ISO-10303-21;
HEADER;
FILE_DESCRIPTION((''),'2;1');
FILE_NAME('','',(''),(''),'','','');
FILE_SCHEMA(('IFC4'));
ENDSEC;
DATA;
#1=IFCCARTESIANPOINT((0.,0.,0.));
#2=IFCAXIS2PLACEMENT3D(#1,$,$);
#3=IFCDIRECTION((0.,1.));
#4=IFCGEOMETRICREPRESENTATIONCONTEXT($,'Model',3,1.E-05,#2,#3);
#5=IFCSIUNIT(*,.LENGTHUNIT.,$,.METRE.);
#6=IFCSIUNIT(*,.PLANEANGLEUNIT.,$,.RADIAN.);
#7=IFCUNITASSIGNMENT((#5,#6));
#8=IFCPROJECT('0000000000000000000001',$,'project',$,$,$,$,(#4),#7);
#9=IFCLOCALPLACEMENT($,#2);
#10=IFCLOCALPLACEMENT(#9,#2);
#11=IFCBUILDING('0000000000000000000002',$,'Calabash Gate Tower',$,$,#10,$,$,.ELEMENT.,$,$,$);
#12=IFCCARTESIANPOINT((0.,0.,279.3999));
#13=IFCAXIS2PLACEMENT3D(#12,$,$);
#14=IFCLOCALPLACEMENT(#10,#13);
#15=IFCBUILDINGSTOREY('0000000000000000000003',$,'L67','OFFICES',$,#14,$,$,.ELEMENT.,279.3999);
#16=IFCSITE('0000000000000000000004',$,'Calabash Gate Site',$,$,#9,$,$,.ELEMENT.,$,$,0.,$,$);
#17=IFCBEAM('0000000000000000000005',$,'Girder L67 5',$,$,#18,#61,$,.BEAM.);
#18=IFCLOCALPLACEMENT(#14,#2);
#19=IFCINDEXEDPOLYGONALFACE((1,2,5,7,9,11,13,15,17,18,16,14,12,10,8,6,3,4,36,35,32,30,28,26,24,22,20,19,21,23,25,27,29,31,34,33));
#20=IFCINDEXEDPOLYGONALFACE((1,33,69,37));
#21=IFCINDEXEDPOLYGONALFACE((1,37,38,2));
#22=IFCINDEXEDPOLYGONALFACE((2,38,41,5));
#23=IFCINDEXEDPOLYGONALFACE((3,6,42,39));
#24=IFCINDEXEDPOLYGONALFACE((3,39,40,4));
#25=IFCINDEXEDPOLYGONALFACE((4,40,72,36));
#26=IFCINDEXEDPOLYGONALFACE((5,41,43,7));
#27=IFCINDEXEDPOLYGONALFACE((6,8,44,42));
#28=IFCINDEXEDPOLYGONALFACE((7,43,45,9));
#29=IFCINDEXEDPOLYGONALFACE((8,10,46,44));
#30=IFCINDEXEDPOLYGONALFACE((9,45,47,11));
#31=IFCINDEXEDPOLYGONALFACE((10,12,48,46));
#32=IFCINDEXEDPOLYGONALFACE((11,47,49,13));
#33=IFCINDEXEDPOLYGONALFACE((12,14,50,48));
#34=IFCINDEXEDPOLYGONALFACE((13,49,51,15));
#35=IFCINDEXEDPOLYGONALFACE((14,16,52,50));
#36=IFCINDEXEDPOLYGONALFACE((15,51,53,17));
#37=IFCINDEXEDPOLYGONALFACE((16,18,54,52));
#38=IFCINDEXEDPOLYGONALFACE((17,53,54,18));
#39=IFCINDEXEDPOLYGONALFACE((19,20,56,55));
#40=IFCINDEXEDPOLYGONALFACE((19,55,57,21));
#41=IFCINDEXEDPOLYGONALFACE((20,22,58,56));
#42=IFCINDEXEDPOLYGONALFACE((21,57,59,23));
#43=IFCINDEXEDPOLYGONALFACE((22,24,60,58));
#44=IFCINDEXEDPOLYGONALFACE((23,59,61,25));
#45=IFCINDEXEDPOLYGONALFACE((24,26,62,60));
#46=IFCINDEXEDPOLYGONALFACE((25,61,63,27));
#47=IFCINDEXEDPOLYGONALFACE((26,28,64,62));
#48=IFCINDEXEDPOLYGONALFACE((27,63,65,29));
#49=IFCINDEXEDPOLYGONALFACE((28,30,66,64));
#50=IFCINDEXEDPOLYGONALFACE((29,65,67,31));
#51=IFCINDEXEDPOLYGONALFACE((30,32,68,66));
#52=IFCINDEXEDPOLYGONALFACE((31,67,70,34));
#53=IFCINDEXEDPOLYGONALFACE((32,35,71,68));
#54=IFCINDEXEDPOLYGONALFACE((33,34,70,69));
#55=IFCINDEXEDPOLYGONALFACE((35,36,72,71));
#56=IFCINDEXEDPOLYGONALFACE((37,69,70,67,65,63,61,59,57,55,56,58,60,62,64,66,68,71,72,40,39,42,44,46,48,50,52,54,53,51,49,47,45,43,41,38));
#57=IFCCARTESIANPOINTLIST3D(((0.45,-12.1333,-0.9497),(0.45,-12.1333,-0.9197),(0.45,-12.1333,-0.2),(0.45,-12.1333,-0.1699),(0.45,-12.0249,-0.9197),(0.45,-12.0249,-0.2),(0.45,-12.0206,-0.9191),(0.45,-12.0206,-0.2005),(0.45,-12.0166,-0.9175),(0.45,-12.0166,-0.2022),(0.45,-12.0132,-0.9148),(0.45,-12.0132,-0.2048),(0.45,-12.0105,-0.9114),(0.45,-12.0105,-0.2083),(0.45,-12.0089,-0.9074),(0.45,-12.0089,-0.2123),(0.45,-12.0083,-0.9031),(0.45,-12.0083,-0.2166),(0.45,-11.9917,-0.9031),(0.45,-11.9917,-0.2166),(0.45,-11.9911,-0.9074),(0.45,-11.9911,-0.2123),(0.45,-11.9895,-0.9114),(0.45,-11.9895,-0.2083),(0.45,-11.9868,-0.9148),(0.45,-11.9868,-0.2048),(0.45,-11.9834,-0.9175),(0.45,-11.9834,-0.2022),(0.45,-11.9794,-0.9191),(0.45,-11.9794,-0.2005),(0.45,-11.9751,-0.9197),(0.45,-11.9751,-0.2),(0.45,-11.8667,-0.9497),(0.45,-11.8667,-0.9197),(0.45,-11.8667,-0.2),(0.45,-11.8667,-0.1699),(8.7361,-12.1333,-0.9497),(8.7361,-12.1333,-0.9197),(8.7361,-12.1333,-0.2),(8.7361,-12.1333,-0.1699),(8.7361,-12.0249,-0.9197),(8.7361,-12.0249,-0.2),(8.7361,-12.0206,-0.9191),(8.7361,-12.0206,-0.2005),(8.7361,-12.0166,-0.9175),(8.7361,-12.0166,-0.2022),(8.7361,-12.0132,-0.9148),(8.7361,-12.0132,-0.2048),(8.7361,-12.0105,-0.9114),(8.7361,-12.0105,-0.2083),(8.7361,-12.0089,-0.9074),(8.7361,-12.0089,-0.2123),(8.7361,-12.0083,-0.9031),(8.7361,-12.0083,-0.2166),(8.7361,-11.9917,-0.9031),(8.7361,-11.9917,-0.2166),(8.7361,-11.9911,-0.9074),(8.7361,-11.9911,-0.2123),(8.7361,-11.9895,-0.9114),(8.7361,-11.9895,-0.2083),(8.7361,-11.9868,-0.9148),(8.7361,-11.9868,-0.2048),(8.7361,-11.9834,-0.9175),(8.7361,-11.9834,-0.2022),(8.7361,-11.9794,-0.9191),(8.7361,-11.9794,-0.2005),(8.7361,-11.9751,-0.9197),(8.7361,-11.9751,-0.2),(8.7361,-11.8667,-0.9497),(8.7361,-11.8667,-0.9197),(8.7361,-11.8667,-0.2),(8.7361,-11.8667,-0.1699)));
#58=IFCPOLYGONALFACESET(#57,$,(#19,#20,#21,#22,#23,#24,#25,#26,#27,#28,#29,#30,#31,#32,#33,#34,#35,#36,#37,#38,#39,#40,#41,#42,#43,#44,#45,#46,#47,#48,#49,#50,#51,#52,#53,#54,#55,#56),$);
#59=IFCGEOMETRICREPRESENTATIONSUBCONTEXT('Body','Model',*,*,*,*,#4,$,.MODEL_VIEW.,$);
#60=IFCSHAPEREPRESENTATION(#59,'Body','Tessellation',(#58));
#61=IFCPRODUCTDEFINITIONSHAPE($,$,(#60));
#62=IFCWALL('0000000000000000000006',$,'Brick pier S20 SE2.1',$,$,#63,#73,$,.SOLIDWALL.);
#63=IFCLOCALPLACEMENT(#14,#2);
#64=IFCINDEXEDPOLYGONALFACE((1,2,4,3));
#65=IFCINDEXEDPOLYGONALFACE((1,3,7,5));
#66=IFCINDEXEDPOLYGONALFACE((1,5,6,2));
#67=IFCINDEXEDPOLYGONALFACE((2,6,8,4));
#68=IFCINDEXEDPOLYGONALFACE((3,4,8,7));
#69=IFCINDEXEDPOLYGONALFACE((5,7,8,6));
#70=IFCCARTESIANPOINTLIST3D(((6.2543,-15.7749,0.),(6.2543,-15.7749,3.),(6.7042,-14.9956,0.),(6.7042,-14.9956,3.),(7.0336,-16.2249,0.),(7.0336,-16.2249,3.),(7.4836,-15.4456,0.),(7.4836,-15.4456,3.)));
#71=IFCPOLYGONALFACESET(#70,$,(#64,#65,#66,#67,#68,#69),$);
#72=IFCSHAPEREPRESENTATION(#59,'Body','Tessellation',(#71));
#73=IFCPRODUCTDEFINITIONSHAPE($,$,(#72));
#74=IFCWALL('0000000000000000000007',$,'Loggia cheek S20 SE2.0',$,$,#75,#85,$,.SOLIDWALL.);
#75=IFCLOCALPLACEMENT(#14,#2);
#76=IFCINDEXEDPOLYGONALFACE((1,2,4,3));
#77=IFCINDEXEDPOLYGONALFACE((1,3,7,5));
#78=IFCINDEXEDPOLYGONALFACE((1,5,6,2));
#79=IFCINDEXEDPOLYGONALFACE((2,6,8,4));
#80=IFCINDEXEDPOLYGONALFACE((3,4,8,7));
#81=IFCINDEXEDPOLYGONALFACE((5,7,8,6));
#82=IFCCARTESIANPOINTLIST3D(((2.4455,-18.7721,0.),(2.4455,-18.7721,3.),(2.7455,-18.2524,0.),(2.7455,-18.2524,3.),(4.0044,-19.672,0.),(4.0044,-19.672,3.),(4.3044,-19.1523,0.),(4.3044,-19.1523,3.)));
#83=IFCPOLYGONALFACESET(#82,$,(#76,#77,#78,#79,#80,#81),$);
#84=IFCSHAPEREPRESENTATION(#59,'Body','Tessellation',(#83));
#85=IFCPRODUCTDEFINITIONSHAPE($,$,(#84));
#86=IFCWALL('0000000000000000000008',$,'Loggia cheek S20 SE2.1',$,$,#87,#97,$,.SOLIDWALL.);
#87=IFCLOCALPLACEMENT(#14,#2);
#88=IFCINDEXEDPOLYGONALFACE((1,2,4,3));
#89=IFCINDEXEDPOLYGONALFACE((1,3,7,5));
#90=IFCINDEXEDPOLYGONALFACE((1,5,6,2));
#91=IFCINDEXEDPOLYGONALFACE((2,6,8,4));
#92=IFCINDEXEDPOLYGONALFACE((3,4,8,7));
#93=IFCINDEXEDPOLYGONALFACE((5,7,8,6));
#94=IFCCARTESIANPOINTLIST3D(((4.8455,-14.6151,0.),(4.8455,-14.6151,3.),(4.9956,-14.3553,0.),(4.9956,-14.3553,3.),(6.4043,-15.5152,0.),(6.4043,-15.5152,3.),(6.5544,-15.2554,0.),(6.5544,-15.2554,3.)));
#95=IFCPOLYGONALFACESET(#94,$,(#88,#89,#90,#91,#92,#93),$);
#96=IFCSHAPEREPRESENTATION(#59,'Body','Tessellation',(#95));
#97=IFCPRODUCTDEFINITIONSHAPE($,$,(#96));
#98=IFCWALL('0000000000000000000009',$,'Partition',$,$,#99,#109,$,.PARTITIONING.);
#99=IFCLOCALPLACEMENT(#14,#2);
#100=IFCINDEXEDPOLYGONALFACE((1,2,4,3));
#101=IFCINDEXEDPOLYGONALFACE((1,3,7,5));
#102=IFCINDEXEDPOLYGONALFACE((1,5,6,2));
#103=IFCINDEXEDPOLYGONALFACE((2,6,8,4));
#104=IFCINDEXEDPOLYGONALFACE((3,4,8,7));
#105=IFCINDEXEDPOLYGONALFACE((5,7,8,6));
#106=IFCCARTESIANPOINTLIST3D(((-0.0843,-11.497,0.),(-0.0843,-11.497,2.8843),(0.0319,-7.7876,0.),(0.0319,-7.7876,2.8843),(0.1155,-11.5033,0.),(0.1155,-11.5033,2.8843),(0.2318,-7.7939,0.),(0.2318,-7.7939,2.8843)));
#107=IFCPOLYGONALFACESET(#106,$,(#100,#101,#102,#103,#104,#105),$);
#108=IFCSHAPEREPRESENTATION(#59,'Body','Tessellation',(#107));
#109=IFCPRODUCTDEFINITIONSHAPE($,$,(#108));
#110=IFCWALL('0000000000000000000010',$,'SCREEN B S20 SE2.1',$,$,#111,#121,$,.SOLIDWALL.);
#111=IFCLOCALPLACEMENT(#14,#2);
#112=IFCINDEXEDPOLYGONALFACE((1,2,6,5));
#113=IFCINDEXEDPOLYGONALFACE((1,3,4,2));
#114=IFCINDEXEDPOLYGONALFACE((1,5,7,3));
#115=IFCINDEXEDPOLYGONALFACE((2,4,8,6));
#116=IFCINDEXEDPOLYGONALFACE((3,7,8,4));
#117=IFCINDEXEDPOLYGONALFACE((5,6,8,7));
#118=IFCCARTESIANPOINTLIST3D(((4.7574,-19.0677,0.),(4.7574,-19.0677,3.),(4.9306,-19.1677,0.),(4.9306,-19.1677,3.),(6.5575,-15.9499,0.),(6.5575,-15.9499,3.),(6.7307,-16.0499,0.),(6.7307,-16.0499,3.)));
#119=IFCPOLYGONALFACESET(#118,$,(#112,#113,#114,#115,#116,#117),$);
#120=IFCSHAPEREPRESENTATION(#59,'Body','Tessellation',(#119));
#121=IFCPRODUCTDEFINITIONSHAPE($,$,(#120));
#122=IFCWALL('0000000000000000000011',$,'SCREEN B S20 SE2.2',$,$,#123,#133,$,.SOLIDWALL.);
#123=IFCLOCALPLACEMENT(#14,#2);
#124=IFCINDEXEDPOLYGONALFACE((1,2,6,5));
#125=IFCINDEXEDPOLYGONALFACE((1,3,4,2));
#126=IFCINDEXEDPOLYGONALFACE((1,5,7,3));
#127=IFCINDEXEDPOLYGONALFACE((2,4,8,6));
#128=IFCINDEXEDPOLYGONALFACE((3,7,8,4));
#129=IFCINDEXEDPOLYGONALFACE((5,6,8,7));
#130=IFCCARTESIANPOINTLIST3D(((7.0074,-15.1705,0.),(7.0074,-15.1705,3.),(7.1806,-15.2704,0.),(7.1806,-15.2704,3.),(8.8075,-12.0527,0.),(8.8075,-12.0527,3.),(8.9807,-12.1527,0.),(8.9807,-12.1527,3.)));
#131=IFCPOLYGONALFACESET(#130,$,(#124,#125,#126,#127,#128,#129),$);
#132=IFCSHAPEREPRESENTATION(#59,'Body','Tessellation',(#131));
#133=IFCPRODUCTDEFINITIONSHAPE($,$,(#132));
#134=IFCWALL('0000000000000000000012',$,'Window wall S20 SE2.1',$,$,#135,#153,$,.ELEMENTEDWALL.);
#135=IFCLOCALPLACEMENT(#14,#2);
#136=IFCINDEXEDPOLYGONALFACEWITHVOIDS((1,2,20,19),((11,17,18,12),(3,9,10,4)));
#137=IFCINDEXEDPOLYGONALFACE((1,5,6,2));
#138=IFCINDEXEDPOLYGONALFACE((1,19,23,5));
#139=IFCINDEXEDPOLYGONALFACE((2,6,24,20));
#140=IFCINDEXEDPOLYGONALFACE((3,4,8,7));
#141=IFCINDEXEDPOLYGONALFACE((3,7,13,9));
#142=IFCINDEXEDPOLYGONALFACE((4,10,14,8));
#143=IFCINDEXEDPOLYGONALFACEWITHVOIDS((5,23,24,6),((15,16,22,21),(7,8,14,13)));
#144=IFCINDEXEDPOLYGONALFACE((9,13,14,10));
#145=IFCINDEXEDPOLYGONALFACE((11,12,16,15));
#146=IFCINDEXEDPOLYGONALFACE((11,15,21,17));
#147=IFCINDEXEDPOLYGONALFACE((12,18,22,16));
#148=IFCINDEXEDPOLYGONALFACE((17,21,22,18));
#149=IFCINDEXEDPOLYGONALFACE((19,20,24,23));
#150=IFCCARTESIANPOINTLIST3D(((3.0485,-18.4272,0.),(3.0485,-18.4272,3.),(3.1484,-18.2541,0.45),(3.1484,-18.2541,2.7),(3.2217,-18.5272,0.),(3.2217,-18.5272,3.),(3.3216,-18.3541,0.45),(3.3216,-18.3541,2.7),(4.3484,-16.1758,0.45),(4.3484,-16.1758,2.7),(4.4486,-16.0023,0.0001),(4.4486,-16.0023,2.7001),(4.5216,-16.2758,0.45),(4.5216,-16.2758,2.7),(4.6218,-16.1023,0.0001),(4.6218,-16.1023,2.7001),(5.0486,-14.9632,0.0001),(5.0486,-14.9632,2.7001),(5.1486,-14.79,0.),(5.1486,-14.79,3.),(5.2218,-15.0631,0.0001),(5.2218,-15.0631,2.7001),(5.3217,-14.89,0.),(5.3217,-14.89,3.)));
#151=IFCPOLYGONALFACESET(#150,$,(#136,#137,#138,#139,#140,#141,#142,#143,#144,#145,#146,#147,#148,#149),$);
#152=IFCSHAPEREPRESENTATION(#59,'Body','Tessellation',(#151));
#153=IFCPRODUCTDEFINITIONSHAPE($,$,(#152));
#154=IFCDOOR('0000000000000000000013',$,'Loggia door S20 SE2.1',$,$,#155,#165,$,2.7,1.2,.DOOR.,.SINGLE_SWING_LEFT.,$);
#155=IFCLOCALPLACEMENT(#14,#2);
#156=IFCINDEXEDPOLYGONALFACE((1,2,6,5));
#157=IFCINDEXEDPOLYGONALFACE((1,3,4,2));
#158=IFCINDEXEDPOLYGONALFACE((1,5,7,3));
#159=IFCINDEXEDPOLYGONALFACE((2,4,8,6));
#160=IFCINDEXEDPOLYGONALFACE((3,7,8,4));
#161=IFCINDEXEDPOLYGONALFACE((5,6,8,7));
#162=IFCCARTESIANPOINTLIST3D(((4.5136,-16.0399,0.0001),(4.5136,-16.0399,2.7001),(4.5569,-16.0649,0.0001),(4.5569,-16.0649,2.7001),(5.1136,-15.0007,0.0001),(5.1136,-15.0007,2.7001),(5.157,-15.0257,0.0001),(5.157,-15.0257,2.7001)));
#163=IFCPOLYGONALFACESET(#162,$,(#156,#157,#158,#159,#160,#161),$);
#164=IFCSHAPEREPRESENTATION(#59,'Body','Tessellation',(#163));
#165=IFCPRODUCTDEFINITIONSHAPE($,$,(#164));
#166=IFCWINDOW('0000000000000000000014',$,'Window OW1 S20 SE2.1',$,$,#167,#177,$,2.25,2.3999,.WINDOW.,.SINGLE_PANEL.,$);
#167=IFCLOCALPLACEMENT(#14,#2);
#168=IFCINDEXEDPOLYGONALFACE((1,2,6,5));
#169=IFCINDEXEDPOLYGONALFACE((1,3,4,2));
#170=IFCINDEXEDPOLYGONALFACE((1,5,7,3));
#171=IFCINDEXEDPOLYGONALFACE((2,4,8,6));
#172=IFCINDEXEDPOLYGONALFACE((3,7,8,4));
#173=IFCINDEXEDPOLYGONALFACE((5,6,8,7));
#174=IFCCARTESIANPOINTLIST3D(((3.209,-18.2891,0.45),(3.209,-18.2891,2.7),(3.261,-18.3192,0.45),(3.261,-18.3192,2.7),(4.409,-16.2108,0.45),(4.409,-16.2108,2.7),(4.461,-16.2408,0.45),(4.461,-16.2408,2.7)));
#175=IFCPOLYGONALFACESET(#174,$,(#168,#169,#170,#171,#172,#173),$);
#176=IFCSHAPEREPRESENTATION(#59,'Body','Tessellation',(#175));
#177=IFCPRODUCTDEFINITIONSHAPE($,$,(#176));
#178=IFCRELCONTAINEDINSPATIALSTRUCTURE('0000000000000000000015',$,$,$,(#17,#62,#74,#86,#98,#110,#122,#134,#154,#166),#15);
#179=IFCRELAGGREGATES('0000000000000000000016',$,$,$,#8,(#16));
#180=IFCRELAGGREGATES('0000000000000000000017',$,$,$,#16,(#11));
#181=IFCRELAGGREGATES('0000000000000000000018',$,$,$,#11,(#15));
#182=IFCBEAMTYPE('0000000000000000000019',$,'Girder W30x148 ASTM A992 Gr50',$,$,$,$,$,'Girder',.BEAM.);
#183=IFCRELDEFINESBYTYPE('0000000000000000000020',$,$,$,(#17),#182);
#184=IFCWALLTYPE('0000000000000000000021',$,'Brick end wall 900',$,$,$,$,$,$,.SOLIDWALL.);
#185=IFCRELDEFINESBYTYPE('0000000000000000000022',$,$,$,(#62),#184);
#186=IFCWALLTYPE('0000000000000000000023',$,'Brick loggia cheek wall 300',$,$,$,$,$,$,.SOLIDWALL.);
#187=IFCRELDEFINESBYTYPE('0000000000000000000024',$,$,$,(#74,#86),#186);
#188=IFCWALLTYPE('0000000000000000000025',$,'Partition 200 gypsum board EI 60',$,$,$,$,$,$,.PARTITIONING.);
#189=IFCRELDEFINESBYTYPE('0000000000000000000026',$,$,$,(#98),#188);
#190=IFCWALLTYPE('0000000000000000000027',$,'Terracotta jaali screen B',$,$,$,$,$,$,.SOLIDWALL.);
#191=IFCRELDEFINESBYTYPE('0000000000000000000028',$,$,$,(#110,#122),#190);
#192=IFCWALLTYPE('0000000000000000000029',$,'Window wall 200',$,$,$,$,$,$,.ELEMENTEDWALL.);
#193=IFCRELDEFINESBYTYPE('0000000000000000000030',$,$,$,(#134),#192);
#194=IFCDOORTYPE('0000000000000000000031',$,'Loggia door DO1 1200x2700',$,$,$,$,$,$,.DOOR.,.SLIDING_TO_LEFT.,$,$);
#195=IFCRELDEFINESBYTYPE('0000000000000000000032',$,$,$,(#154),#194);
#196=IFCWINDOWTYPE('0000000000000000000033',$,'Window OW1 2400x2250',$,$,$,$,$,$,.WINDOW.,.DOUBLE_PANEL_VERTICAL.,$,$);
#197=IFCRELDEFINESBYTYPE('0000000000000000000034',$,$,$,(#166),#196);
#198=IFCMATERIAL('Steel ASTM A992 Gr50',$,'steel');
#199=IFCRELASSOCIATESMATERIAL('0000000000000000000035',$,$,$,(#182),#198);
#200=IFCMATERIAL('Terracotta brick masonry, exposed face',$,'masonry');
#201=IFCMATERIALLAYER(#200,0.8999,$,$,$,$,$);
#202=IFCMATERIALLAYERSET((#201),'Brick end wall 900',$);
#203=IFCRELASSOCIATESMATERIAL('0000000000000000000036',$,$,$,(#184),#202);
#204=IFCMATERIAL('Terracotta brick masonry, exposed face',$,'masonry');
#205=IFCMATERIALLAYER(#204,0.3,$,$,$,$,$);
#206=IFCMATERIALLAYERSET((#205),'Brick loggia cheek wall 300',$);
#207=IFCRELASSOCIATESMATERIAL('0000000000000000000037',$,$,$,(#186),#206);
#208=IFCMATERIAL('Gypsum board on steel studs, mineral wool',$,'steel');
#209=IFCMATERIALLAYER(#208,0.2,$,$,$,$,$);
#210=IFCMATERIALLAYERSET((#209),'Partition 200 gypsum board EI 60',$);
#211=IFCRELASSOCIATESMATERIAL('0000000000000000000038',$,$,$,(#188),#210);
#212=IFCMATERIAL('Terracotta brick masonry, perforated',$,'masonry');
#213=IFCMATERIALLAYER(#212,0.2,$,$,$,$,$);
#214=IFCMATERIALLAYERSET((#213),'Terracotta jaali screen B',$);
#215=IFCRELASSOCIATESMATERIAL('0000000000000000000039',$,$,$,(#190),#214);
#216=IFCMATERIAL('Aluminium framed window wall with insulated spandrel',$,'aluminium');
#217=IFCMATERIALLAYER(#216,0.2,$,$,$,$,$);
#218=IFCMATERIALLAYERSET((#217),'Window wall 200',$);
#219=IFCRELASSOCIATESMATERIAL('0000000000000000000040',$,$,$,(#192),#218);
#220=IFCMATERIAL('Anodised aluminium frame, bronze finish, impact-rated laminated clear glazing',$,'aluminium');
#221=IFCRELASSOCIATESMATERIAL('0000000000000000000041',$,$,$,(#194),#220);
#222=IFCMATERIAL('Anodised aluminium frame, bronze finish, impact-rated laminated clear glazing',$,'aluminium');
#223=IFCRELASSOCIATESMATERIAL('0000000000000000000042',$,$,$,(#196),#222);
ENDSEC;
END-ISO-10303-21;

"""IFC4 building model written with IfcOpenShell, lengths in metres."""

from ifc_helpers import new_model, si_unit, direction, frame, frame_2d, origin, origin_2d, place, context, subcontext, project, spatial, rectangle, i_section, extrude, material, layer, layer_set, material_profile, profile_set, type_object, element, fill, save


model = new_model("IFC4")

# Units and contexts
model_context = context("Model", 3, precision=1e-05, world=origin(), true_north=direction((0.0, 1.0)))
body_context = subcontext(model_context, "Body", "Model", "MODEL_VIEW")
ifc_project = project(units=[si_unit("LENGTHUNIT", "METRE"), si_unit("PLANEANGLEUNIT", "RADIAN")], contexts=[model_context])

# Site, building, storey
site_placement = place(None, origin())
site = spatial("IfcSite", under=ifc_project, at=site_placement, Name="Calabash Gate Site", CompositionType="ELEMENT", RefElevation=0.0)
building_placement = place(site_placement, origin())
building = spatial("IfcBuilding", under=site, at=building_placement, Name="Calabash Gate Tower", CompositionType="ELEMENT")
storey_placement = place(building_placement, frame((0.0, 0.0, 279.3999)))
storey = spatial("IfcBuildingStorey", under=building, at=storey_placement, Name="L67", Description="OFFICES", CompositionType="ELEMENT", Elevation=279.3999)

# Beam
ifc_material_1 = material(Name="Steel ASTM A992 Gr50", Category="steel")
ifc_material_profile_1 = material_profile(ifc_material_1, i_section(OverallWidth=0.2666, OverallDepth=0.7798, WebThickness=0.0166, FlangeThickness=0.03, FilletRadius=0.0166, at=origin_2d()))
ifc_profile_set_1 = profile_set([ifc_material_profile_1], Name="Steel ASTM A992 Gr50")
beam_type_1 = type_object("IfcBeamType", Name="Girder W30x148 ASTM A992 Gr50", ElementType="Girder", PredefinedType="BEAM", material=ifc_profile_set_1)
beam_1_placement = place(storey_placement, frame((0.45, -12.0, -0.5598), z_axis=(1.0, 0.0, 0.0), x_axis=(0.0, 1.0, 0.0)))
element("IfcBeam", 1, at=beam_1_placement, inside=storey, type_object=beam_type_1, Name="Girder L67 5", PredefinedType="BEAM", context=body_context, shape_type="SweptSolid", body=[
    extrude(i_section(OverallWidth=0.2666, OverallDepth=0.7798, WebThickness=0.0166, FlangeThickness=0.03, FilletRadius=0.0166, at=origin_2d()), origin(), (0.0, 0.0, 1.0), 8.2861),
])

# Walls
ifc_material_2 = material(Name="Terracotta brick masonry, exposed face", Category="masonry")
ifc_layer_1 = layer(ifc_material_2, 0.8999)
ifc_layer_set_1 = layer_set([ifc_layer_1], Name="Brick end wall 900")
wall_type_1 = type_object("IfcWallType", Name="Brick end wall 900", PredefinedType="SOLIDWALL", material=ifc_layer_set_1)
wall_1_placement = place(storey_placement, frame((6.4792, -15.3853, 0.0), z_axis=(0.0, 0.0, 1.0), x_axis=(0.866014, -0.50002, 0.0)))
element("IfcWall", 2, at=wall_1_placement, inside=storey, type_object=wall_type_1, Name="Brick pier S20 SE2.1", PredefinedType="SOLIDWALL", context=body_context, shape_type="SweptSolid", body=[
    extrude(rectangle(XDim=0.8999, YDim=0.8999, at=frame_2d((0.45, 0.0))), origin(), (0.0, 0.0, 1.0), 3.0),
])
ifc_material_3 = material(Name="Terracotta brick masonry, exposed face", Category="masonry")
ifc_layer_2 = layer(ifc_material_3, 0.3)
ifc_layer_set_2 = layer_set([ifc_layer_2], Name="Brick loggia cheek wall 300")
wall_type_2 = type_object("IfcWallType", Name="Brick loggia cheek wall 300", PredefinedType="SOLIDWALL", material=ifc_layer_set_2)
wall_2_placement = place(storey_placement, frame((4.1543, -19.4121, 0.0), z_axis=(0.0, 0.0, 1.0), x_axis=(-0.866048, 0.499961, 0.0)))
element("IfcWall", 3, at=wall_2_placement, inside=storey, type_object=wall_type_2, Name="Loggia cheek S20 SE2.0", PredefinedType="SOLIDWALL", context=body_context, shape_type="SweptSolid", body=[
    extrude(rectangle(XDim=1.8, YDim=0.6001, at=frame_2d((0.8999, 0.0))), origin(), (0.0, 0.0, 1.0), 3.0),
])
wall_3_placement = place(storey_placement, frame((6.4792, -15.3853, 0.0), z_axis=(0.0, 0.0, 1.0), x_axis=(-0.865989, 0.500063, 0.0)))
element("IfcWall", 4, at=wall_3_placement, inside=storey, type_object=wall_type_2, Name="Loggia cheek S20 SE2.1", PredefinedType="SOLIDWALL", context=body_context, shape_type="SweptSolid", body=[
    extrude(rectangle(XDim=1.8, YDim=0.3, at=frame_2d((0.8999, 0.0))), origin(), (0.0, 0.0, 1.0), 3.0),
])
ifc_material_4 = material(Name="Gypsum board on steel studs, mineral wool", Category="steel")
ifc_layer_3 = layer(ifc_material_4, 0.2)
ifc_layer_set_3 = layer_set([ifc_layer_3], Name="Partition 200 gypsum board EI 60")
wall_type_3 = type_object("IfcWallType", Name="Partition 200 gypsum board EI 60", PredefinedType="PARTITIONING", material=ifc_layer_set_3)
wall_4_placement = place(storey_placement, frame((0.0156, -11.5, 0.0), z_axis=(0.0, 0.0, 1.0), x_axis=(0.031313, 0.99951, 0.0)))
element("IfcWall", 5, at=wall_4_placement, inside=storey, type_object=wall_type_3, Name="Partition", PredefinedType="PARTITIONING", context=body_context, shape_type="SweptSolid", body=[
    extrude(rectangle(XDim=3.7112, YDim=0.2, at=frame_2d((1.8555, 0.0))), origin(), (0.0, 0.0, 1.0), 2.8843),
])
ifc_material_5 = material(Name="Terracotta brick masonry, perforated", Category="masonry")
ifc_layer_4 = layer(ifc_material_5, 0.2)
ifc_layer_set_4 = layer_set([ifc_layer_4], Name="Terracotta jaali screen B")
wall_type_4 = type_object("IfcWallType", Name="Terracotta jaali screen B", PredefinedType="SOLIDWALL", material=ifc_layer_set_4)
for number, where, z_axis, x_axis, name in (
    (6, (4.844, -19.1177, 0.0), (0.0, 0.0, 1.0), (0.500012, 0.866018, 0.0), "SCREEN B S20 SE2.1"),
    (7, (7.094, -15.2205, 0.0), (0.0, 0.0, 1.0), (0.500012, 0.866018, 0.0), "SCREEN B S20 SE2.2"),
):
    element("IfcWall", number, at=place(storey_placement, frame(where, z_axis=z_axis, x_axis=x_axis)), inside=storey, type_object=wall_type_4, Name=name, PredefinedType="SOLIDWALL", context=body_context, shape_type="SweptSolid", body=[
        extrude(rectangle(XDim=3.6001, YDim=0.2, at=frame_2d((1.8, 0.0))), origin(), (0.0, 0.0, 1.0), 3.0),
    ])

# Wall, openings, door, window
ifc_material_6 = material(Name="Aluminium framed window wall with insulated spandrel", Category="aluminium")
ifc_layer_5 = layer(ifc_material_6, 0.2)
ifc_layer_set_5 = layer_set([ifc_layer_5], Name="Window wall 200")
wall_type_5 = type_object("IfcWallType", Name="Window wall 200", PredefinedType="ELEMENTEDWALL", material=ifc_layer_set_5)
wall_5_placement = place(storey_placement, frame((3.135, -18.4773, 0.0), z_axis=(0.0, 0.0, 1.0), x_axis=(0.500028, 0.866009, 0.0)))
wall_5 = element("IfcWall", 8, at=wall_5_placement, inside=storey, type_object=wall_type_5, Name="Window wall S20 SE2.1", PredefinedType="ELEMENTEDWALL", context=body_context, shape_type="SweptSolid", body=[
    extrude(rectangle(XDim=4.2, YDim=0.2, at=frame_2d((2.1001, 0.0))), origin(), (0.0, 0.0, 1.0), 3.0),
])
opening_1_placement = place(wall_5_placement, frame((0.2, 0.0, 0.45)))
opening_1 = element("IfcOpeningElement", 9, at=opening_1_placement, cuts=wall_5, PredefinedType="OPENING", context=body_context, shape_type="SweptSolid", body=[
    extrude(rectangle(XDim=2.3999, YDim=2.25, at=frame_2d((1.2, 1.125))), frame((0.0, 0.1099, 0.0), z_axis=(0.0, -1.0, 0.0), x_axis=(1.0, 0.0, 0.0)), (0.0, 0.0, 1.0), 0.22),
])
opening_2_placement = place(wall_5_placement, frame((2.8, 0.0, 0.0)))
opening_2 = element("IfcOpeningElement", 10, at=opening_2_placement, cuts=wall_5, PredefinedType="OPENING", context=body_context, shape_type="SweptSolid", body=[
    extrude(rectangle(XDim=1.2, YDim=2.7, at=frame_2d((0.6001, 1.3501))), frame((0.0, 0.1099, 0.0), z_axis=(0.0, -1.0, 0.0), x_axis=(1.0, 0.0, 0.0)), (0.0, 0.0, 1.0), 0.22),
])
ifc_material_7 = material(Name="Anodised aluminium frame, bronze finish, impact-rated laminated clear glazing", Category="aluminium")
door_type = type_object("IfcDoorType", Name="Loggia door DO1 1200x2700", OperationType="SLIDING_TO_LEFT", PredefinedType="DOOR", material=ifc_material_7)
door_placement = place(opening_2_placement, origin())
door = element("IfcDoor", 11, at=door_placement, inside=storey, type_object=door_type, Name="Loggia door S20 SE2.1", OperationType="SINGLE_SWING_LEFT", OverallHeight=2.7, OverallWidth=1.2, PredefinedType="DOOR", context=body_context, shape_type="SweptSolid", body=[
    extrude(rectangle(XDim=1.2, YDim=2.7, at=frame_2d((0.6001, 1.3501))), frame((0.0, 0.0249, 0.0), z_axis=(0.0, -1.0, 0.0), x_axis=(1.0, 0.0, 0.0)), (0.0, 0.0, 1.0), 0.05),
])
fill(opening_2, door)
ifc_material_8 = material(Name="Anodised aluminium frame, bronze finish, impact-rated laminated clear glazing", Category="aluminium")
window_type_1 = type_object("IfcWindowType", Name="Window OW1 2400x2250", PartitioningType="DOUBLE_PANEL_VERTICAL", PredefinedType="WINDOW", material=ifc_material_8)
window_1_placement = place(opening_1_placement, origin())
window_1 = element("IfcWindow", 12, at=window_1_placement, inside=storey, type_object=window_type_1, Name="Window OW1 S20 SE2.1", OverallHeight=2.25, OverallWidth=2.3999, PartitioningType="SINGLE_PANEL", PredefinedType="WINDOW", context=body_context, shape_type="SweptSolid", body=[
    extrude(rectangle(XDim=2.3999, YDim=2.25, at=frame_2d((1.2, 1.125))), frame((0.0, 0.03, 0.0), z_axis=(0.0, -1.0, 0.0), x_axis=(1.0, 0.0, 0.0)), (0.0, 0.0, 1.0), 0.0601),
])
fill(opening_1, window_1)

save(model, "model.ifc")
